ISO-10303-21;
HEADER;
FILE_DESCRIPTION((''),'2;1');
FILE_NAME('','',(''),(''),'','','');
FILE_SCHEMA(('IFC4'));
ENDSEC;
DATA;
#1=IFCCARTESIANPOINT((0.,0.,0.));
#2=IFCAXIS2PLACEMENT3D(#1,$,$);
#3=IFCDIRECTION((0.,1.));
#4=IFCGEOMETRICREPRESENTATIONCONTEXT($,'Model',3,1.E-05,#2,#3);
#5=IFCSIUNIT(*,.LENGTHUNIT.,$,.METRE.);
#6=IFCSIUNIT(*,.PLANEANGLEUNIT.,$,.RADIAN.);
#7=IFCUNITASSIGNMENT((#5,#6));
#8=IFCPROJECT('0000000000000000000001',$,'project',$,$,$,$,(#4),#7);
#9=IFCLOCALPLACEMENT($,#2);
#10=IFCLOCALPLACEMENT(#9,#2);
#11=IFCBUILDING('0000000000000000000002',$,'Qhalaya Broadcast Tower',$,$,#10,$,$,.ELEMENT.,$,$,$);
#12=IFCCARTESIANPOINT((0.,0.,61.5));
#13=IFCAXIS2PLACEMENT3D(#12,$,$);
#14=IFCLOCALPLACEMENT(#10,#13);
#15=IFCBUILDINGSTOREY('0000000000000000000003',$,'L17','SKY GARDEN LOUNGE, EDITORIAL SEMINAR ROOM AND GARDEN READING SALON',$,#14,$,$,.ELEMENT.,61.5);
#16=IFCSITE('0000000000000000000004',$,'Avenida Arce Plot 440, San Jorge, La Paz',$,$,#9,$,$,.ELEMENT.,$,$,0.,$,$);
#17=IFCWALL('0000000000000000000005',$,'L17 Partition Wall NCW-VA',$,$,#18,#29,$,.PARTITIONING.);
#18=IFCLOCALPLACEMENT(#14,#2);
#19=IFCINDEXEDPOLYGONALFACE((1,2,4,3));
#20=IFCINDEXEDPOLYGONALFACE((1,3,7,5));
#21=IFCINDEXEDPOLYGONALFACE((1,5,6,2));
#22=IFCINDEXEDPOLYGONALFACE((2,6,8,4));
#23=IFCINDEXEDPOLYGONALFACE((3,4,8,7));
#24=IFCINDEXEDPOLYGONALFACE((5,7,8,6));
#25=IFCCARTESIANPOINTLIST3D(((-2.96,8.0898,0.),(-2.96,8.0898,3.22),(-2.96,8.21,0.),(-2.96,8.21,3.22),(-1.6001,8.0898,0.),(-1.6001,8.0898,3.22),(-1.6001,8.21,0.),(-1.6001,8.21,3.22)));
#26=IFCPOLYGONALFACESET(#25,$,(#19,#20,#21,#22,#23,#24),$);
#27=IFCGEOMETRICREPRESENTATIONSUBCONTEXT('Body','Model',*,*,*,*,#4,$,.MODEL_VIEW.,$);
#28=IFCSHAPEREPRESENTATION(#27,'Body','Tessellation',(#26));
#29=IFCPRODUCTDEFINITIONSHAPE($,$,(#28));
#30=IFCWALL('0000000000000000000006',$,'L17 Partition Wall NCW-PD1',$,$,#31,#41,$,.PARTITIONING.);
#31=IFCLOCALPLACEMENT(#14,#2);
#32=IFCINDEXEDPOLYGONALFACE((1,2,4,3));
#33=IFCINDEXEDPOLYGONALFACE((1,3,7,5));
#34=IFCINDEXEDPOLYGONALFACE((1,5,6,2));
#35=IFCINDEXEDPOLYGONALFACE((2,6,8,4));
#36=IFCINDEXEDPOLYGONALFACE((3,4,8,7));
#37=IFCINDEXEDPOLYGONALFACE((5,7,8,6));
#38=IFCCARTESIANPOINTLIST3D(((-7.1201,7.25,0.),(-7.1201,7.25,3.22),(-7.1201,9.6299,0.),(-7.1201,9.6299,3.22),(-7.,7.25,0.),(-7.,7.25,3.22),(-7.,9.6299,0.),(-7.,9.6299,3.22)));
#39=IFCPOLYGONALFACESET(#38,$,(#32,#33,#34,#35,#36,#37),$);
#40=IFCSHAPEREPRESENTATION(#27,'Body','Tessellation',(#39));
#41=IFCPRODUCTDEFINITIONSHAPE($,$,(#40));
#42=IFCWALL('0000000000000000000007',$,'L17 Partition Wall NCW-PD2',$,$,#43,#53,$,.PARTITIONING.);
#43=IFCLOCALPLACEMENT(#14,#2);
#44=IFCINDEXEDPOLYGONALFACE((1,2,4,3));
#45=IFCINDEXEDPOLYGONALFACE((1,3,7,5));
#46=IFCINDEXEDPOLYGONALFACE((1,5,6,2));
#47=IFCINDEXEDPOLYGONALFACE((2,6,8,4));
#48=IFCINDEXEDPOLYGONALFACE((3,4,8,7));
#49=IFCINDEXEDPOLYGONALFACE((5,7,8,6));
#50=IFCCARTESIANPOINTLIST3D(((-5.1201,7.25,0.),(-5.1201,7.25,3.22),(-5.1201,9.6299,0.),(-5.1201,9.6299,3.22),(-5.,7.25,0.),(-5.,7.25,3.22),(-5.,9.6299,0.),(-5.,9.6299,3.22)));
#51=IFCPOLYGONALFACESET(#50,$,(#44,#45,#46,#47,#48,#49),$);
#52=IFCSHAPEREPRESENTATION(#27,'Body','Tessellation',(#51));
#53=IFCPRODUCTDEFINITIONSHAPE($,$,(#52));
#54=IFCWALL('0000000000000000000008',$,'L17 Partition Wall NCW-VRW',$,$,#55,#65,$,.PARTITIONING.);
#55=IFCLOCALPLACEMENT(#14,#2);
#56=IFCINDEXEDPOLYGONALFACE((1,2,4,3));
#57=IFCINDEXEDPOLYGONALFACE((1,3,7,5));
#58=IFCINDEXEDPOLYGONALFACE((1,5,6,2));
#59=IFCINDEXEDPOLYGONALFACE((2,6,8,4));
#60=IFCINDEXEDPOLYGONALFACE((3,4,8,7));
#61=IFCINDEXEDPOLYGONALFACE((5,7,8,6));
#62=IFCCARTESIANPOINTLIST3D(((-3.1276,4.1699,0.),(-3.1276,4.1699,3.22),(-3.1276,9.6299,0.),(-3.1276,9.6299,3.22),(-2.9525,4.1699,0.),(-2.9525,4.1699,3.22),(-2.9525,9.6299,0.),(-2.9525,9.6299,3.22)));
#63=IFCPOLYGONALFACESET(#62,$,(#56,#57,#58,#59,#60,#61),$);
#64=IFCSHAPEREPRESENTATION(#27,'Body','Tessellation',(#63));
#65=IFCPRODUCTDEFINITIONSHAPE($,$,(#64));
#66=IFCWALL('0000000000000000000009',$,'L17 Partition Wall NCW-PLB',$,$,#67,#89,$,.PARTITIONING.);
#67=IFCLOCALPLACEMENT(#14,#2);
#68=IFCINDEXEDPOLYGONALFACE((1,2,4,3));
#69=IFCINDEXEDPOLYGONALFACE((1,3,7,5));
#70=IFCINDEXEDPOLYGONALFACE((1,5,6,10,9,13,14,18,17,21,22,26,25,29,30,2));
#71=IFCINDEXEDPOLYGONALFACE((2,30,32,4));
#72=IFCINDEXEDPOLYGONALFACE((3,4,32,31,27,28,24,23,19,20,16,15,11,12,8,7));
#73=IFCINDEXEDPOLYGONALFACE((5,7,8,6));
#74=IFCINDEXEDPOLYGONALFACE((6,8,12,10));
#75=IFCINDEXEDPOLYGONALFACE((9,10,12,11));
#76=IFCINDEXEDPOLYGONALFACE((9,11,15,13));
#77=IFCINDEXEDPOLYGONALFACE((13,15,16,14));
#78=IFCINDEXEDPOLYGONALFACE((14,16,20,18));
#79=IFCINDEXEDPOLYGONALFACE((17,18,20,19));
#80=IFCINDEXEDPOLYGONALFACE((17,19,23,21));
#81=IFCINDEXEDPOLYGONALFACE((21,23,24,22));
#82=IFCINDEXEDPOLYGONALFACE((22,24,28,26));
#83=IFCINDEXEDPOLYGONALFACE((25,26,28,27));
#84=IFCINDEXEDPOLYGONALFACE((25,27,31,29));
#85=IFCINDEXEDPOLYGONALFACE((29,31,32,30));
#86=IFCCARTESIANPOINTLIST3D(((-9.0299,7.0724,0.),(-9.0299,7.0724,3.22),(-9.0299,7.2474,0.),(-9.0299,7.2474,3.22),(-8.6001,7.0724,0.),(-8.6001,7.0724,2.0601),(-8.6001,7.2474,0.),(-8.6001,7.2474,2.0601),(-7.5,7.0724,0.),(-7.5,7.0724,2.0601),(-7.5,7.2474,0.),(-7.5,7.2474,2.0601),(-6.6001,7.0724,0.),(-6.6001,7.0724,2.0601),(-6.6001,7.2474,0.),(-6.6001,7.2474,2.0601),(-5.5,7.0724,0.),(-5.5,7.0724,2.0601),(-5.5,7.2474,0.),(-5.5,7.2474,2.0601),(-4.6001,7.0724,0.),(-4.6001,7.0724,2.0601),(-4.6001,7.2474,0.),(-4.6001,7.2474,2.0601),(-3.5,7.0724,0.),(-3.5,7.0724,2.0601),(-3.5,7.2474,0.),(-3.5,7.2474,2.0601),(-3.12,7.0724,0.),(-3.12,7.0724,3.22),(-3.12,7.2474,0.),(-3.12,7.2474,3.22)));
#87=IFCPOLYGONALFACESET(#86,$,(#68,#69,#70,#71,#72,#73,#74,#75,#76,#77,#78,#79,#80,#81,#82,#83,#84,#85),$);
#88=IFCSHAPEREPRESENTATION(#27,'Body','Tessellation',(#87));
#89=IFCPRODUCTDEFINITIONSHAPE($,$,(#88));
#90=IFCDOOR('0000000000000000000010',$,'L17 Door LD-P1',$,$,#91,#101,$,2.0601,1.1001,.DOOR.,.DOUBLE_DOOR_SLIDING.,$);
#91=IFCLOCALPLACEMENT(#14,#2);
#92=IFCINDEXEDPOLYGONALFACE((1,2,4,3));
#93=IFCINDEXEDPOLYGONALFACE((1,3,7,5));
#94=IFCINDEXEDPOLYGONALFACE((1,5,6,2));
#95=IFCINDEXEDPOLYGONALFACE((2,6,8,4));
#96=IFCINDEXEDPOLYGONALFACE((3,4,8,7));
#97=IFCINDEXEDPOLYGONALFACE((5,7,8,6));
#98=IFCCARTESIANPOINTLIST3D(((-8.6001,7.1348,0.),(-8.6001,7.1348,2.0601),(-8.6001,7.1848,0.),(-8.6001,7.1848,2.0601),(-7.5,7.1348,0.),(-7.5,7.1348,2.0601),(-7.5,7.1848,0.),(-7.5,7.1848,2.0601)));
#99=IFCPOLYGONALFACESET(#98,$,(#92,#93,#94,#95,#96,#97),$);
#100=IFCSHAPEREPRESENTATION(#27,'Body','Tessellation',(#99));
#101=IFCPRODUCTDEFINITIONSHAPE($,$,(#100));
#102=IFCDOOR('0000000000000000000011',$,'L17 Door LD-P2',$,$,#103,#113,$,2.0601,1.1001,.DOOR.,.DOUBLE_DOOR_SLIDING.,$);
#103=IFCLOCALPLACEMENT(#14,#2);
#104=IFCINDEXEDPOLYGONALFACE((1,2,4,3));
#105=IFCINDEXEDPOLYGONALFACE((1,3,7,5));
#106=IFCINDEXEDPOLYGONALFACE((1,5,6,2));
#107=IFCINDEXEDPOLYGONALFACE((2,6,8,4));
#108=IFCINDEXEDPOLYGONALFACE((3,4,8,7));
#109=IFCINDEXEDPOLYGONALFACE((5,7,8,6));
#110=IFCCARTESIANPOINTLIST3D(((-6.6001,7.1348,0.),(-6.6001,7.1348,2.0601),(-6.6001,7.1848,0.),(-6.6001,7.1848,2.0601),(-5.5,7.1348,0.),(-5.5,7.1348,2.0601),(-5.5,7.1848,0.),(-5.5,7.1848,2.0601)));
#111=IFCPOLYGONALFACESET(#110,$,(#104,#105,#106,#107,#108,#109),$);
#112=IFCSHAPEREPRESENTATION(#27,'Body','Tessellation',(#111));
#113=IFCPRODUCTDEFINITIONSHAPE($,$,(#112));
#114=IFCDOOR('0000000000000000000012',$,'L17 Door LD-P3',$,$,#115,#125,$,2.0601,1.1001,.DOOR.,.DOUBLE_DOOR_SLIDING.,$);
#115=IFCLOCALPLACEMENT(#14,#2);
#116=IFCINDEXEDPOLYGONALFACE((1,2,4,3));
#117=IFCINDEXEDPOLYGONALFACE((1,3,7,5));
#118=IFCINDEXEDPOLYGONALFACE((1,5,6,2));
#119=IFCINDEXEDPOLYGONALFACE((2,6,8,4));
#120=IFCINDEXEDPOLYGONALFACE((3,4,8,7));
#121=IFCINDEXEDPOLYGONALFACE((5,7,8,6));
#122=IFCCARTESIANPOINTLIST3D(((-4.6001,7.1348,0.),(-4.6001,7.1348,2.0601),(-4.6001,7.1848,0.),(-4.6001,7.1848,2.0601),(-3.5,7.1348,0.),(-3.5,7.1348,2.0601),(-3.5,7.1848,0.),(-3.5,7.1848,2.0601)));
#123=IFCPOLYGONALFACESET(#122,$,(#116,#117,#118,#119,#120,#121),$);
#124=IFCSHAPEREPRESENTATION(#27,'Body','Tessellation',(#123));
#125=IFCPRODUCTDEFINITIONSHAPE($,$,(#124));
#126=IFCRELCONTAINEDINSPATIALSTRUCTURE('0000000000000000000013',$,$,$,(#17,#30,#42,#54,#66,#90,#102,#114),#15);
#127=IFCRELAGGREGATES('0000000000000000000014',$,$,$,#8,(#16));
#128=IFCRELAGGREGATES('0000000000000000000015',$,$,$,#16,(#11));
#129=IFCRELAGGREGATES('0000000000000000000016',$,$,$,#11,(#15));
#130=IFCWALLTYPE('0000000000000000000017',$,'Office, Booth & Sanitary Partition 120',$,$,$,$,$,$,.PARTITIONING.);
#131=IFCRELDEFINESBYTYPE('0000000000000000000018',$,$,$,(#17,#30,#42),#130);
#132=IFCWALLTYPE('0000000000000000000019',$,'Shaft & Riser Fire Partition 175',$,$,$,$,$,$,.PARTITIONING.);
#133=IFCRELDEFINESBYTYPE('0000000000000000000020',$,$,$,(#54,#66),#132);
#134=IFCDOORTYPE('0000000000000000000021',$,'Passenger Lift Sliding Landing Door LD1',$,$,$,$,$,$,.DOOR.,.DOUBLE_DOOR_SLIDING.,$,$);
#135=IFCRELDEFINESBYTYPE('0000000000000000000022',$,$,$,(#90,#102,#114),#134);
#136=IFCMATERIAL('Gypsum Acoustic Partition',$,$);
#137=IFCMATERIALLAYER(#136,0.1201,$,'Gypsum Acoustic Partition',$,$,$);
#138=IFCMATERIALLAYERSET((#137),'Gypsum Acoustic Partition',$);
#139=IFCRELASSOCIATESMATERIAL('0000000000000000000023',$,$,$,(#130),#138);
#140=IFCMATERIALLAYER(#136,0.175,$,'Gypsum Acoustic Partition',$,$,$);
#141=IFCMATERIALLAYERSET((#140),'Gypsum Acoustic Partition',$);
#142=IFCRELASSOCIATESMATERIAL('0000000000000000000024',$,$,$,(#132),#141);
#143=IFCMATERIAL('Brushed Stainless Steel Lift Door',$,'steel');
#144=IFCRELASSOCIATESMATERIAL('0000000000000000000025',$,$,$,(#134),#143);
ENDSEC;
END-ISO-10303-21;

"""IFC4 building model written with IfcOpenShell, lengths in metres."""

from ifc_helpers import new_model, si_unit, direction, frame, frame_2d, origin, place, context, subcontext, project, spatial, rectangle, extrude, material, layer, layer_set, type_object, element, fill, save


model = new_model("IFC4")

# Units and contexts
model_context = context("Model", 3, precision=1e-05, world=origin(), true_north=direction((0.0, 1.0)))
body_context = subcontext(model_context, "Body", "Model", "MODEL_VIEW")
ifc_project = project(units=[si_unit("LENGTHUNIT", "METRE"), si_unit("PLANEANGLEUNIT", "RADIAN")], contexts=[model_context])

# Site, building, storey
site_placement = place(None, origin())
site = spatial("IfcSite", under=ifc_project, at=site_placement, Name="Avenida Arce Plot 440, San Jorge, La Paz", CompositionType="ELEMENT", RefElevation=0.0)
building_placement = place(site_placement, origin())
building = spatial("IfcBuilding", under=site, at=building_placement, Name="Qhalaya Broadcast Tower", CompositionType="ELEMENT")
storey_placement = place(building_placement, frame((0.0, 0.0, 61.5)))
storey = spatial("IfcBuildingStorey", under=building, at=storey_placement, Name="L17", Description="SKY GARDEN LOUNGE, EDITORIAL SEMINAR ROOM AND GARDEN READING SALON", CompositionType="ELEMENT", Elevation=61.5)

# Shared definitions
ifc_material_1 = material(Name="Gypsum Acoustic Partition")

# Walls
ifc_layer_1 = layer(ifc_material_1, 0.1201, Name="Gypsum Acoustic Partition")
ifc_layer_set_1 = layer_set([ifc_layer_1], Name="Gypsum Acoustic Partition")
wall_type_1 = type_object("IfcWallType", Name="Office, Booth & Sanitary Partition 120", PredefinedType="PARTITIONING", material=ifc_layer_set_1)
wall_1_placement = place(storey_placement, frame((-2.96, 8.1499, 0.0), z_axis=(0.0, 0.0, 1.0), x_axis=(1.0, 0.0, 0.0)))
element("IfcWall", 1, at=wall_1_placement, inside=storey, type_object=wall_type_1, Name="L17 Partition Wall NCW-VA", PredefinedType="PARTITIONING", context=body_context, shape_type="SweptSolid", body=[
    extrude(rectangle(XDim=1.3599, YDim=0.1201, at=frame_2d((0.6799, 0.0))), origin(), (0.0, 0.0, 1.0), 3.22),
])
for number, where, z_axis, x_axis, name in (
    (2, (-7.0601, 7.25, 0.0), (0.0, 0.0, 1.0), (0.0, 1.0, 0.0), "L17 Partition Wall NCW-PD1"),
    (3, (-5.0601, 7.25, 0.0), (0.0, 0.0, 1.0), (0.0, 1.0, 0.0), "L17 Partition Wall NCW-PD2"),
):
    element("IfcWall", number, at=place(storey_placement, frame(where, z_axis=z_axis, x_axis=x_axis)), inside=storey, type_object=wall_type_1, Name=name, PredefinedType="PARTITIONING", context=body_context, shape_type="SweptSolid", body=[
        extrude(rectangle(XDim=2.3799, YDim=0.1201, at=frame_2d((1.1899, 0.0))), origin(), (0.0, 0.0, 1.0), 3.22),
    ])
ifc_layer_2 = layer(ifc_material_1, 0.175, Name="Gypsum Acoustic Partition")
ifc_layer_set_2 = layer_set([ifc_layer_2], Name="Gypsum Acoustic Partition")
wall_type_2 = type_object("IfcWallType", Name="Shaft & Riser Fire Partition 175", PredefinedType="PARTITIONING", material=ifc_layer_set_2)
wall_2_placement = place(storey_placement, frame((-3.04, 4.1699, 0.0), z_axis=(0.0, 0.0, 1.0), x_axis=(0.0, 1.0, 0.0)))
element("IfcWall", 4, at=wall_2_placement, inside=storey, type_object=wall_type_2, Name="L17 Partition Wall NCW-VRW", PredefinedType="PARTITIONING", context=body_context, shape_type="SweptSolid", body=[
    extrude(rectangle(XDim=5.46, YDim=0.175, at=frame_2d((2.73, 0.0))), origin(), (0.0, 0.0, 1.0), 3.22),
])

# Wall, openings, doors
wall_3_placement = place(storey_placement, frame((-9.03, 7.1599, 0.0), z_axis=(0.0, 0.0, 1.0), x_axis=(1.0, 0.0, 0.0)))
wall_3 = element("IfcWall", 5, at=wall_3_placement, inside=storey, type_object=wall_type_2, Name="L17 Partition Wall NCW-PLB", PredefinedType="PARTITIONING", context=body_context, shape_type="SweptSolid", body=[
    extrude(rectangle(XDim=5.9099, YDim=0.175, at=frame_2d((2.9551, 0.0))), origin(), (0.0, 0.0, 1.0), 3.22),
])
opening_1_placement = place(wall_3_placement, frame((0.4299, 0.0, 0.0)))
opening_1 = element("IfcOpeningElement", 6, at=opening_1_placement, cuts=wall_3, PredefinedType="OPENING", context=body_context, shape_type="SweptSolid", body=[
    extrude(rectangle(XDim=1.1001, YDim=2.0601, at=frame_2d((0.55, 1.03))), frame((0.0, 0.0996, 0.0), z_axis=(0.0, -1.0, 0.0), x_axis=(1.0, 0.0, 0.0)), (0.0, 0.0, 1.0), 0.199),
])
opening_2_placement = place(wall_3_placement, frame((2.4299, 0.0, 0.0)))
opening_2 = element("IfcOpeningElement", 7, at=opening_2_placement, cuts=wall_3, PredefinedType="OPENING", context=body_context, shape_type="SweptSolid", body=[
    extrude(rectangle(XDim=1.1001, YDim=2.0601, at=frame_2d((0.55, 1.03))), frame((0.0, 0.0996, 0.0), z_axis=(0.0, -1.0, 0.0), x_axis=(1.0, 0.0, 0.0)), (0.0, 0.0, 1.0), 0.199),
])
opening_3_placement = place(wall_3_placement, frame((4.4299, 0.0, 0.0)))
opening_3 = element("IfcOpeningElement", 8, at=opening_3_placement, cuts=wall_3, PredefinedType="OPENING", context=body_context, shape_type="SweptSolid", body=[
    extrude(rectangle(XDim=1.1001, YDim=2.0601, at=frame_2d((0.55, 1.03))), frame((0.0, 0.0996, 0.0), z_axis=(0.0, -1.0, 0.0), x_axis=(1.0, 0.0, 0.0)), (0.0, 0.0, 1.0), 0.199),
])
ifc_material_2 = material(Name="Brushed Stainless Steel Lift Door", Category="steel")
door_type_1 = type_object("IfcDoorType", Name="Passenger Lift Sliding Landing Door LD1", OperationType="DOUBLE_DOOR_SLIDING", PredefinedType="DOOR", material=ifc_material_2)
door_1_placement = place(opening_1_placement, origin())
door_1 = element("IfcDoor", 9, at=door_1_placement, inside=storey, type_object=door_type_1, Name="L17 Door LD-P1", OperationType="DOUBLE_DOOR_SLIDING", OverallHeight=2.0601, OverallWidth=1.1001, PredefinedType="DOOR", context=body_context, shape_type="SweptSolid", body=[
    extrude(rectangle(XDim=1.1001, YDim=2.0601, at=frame_2d((0.55, 1.03))), frame((0.0, 0.0249, 0.0), z_axis=(0.0, -1.0, 0.0), x_axis=(1.0, 0.0, 0.0)), (0.0, 0.0, 1.0), 0.05),
])
fill(opening_1, door_1)
door_2_placement = place(opening_2_placement, origin())
door_2 = element("IfcDoor", 10, at=door_2_placement, inside=storey, type_object=door_type_1, Name="L17 Door LD-P2", OperationType="DOUBLE_DOOR_SLIDING", OverallHeight=2.0601, OverallWidth=1.1001, PredefinedType="DOOR", context=body_context, shape_type="SweptSolid", body=[
    extrude(rectangle(XDim=1.1001, YDim=2.0601, at=frame_2d((0.55, 1.03))), frame((0.0, 0.0249, 0.0), z_axis=(0.0, -1.0, 0.0), x_axis=(1.0, 0.0, 0.0)), (0.0, 0.0, 1.0), 0.05),
])
fill(opening_2, door_2)
door_3_placement = place(opening_3_placement, origin())
door_3 = element("IfcDoor", 11, at=door_3_placement, inside=storey, type_object=door_type_1, Name="L17 Door LD-P3", OperationType="DOUBLE_DOOR_SLIDING", OverallHeight=2.0601, OverallWidth=1.1001, PredefinedType="DOOR", context=body_context, shape_type="SweptSolid", body=[
    extrude(rectangle(XDim=1.1001, YDim=2.0601, at=frame_2d((0.55, 1.03))), frame((0.0, 0.0249, 0.0), z_axis=(0.0, -1.0, 0.0), x_axis=(1.0, 0.0, 0.0)), (0.0, 0.0, 1.0), 0.05),
])
fill(opening_3, door_3)

save(model, "model.ifc")
